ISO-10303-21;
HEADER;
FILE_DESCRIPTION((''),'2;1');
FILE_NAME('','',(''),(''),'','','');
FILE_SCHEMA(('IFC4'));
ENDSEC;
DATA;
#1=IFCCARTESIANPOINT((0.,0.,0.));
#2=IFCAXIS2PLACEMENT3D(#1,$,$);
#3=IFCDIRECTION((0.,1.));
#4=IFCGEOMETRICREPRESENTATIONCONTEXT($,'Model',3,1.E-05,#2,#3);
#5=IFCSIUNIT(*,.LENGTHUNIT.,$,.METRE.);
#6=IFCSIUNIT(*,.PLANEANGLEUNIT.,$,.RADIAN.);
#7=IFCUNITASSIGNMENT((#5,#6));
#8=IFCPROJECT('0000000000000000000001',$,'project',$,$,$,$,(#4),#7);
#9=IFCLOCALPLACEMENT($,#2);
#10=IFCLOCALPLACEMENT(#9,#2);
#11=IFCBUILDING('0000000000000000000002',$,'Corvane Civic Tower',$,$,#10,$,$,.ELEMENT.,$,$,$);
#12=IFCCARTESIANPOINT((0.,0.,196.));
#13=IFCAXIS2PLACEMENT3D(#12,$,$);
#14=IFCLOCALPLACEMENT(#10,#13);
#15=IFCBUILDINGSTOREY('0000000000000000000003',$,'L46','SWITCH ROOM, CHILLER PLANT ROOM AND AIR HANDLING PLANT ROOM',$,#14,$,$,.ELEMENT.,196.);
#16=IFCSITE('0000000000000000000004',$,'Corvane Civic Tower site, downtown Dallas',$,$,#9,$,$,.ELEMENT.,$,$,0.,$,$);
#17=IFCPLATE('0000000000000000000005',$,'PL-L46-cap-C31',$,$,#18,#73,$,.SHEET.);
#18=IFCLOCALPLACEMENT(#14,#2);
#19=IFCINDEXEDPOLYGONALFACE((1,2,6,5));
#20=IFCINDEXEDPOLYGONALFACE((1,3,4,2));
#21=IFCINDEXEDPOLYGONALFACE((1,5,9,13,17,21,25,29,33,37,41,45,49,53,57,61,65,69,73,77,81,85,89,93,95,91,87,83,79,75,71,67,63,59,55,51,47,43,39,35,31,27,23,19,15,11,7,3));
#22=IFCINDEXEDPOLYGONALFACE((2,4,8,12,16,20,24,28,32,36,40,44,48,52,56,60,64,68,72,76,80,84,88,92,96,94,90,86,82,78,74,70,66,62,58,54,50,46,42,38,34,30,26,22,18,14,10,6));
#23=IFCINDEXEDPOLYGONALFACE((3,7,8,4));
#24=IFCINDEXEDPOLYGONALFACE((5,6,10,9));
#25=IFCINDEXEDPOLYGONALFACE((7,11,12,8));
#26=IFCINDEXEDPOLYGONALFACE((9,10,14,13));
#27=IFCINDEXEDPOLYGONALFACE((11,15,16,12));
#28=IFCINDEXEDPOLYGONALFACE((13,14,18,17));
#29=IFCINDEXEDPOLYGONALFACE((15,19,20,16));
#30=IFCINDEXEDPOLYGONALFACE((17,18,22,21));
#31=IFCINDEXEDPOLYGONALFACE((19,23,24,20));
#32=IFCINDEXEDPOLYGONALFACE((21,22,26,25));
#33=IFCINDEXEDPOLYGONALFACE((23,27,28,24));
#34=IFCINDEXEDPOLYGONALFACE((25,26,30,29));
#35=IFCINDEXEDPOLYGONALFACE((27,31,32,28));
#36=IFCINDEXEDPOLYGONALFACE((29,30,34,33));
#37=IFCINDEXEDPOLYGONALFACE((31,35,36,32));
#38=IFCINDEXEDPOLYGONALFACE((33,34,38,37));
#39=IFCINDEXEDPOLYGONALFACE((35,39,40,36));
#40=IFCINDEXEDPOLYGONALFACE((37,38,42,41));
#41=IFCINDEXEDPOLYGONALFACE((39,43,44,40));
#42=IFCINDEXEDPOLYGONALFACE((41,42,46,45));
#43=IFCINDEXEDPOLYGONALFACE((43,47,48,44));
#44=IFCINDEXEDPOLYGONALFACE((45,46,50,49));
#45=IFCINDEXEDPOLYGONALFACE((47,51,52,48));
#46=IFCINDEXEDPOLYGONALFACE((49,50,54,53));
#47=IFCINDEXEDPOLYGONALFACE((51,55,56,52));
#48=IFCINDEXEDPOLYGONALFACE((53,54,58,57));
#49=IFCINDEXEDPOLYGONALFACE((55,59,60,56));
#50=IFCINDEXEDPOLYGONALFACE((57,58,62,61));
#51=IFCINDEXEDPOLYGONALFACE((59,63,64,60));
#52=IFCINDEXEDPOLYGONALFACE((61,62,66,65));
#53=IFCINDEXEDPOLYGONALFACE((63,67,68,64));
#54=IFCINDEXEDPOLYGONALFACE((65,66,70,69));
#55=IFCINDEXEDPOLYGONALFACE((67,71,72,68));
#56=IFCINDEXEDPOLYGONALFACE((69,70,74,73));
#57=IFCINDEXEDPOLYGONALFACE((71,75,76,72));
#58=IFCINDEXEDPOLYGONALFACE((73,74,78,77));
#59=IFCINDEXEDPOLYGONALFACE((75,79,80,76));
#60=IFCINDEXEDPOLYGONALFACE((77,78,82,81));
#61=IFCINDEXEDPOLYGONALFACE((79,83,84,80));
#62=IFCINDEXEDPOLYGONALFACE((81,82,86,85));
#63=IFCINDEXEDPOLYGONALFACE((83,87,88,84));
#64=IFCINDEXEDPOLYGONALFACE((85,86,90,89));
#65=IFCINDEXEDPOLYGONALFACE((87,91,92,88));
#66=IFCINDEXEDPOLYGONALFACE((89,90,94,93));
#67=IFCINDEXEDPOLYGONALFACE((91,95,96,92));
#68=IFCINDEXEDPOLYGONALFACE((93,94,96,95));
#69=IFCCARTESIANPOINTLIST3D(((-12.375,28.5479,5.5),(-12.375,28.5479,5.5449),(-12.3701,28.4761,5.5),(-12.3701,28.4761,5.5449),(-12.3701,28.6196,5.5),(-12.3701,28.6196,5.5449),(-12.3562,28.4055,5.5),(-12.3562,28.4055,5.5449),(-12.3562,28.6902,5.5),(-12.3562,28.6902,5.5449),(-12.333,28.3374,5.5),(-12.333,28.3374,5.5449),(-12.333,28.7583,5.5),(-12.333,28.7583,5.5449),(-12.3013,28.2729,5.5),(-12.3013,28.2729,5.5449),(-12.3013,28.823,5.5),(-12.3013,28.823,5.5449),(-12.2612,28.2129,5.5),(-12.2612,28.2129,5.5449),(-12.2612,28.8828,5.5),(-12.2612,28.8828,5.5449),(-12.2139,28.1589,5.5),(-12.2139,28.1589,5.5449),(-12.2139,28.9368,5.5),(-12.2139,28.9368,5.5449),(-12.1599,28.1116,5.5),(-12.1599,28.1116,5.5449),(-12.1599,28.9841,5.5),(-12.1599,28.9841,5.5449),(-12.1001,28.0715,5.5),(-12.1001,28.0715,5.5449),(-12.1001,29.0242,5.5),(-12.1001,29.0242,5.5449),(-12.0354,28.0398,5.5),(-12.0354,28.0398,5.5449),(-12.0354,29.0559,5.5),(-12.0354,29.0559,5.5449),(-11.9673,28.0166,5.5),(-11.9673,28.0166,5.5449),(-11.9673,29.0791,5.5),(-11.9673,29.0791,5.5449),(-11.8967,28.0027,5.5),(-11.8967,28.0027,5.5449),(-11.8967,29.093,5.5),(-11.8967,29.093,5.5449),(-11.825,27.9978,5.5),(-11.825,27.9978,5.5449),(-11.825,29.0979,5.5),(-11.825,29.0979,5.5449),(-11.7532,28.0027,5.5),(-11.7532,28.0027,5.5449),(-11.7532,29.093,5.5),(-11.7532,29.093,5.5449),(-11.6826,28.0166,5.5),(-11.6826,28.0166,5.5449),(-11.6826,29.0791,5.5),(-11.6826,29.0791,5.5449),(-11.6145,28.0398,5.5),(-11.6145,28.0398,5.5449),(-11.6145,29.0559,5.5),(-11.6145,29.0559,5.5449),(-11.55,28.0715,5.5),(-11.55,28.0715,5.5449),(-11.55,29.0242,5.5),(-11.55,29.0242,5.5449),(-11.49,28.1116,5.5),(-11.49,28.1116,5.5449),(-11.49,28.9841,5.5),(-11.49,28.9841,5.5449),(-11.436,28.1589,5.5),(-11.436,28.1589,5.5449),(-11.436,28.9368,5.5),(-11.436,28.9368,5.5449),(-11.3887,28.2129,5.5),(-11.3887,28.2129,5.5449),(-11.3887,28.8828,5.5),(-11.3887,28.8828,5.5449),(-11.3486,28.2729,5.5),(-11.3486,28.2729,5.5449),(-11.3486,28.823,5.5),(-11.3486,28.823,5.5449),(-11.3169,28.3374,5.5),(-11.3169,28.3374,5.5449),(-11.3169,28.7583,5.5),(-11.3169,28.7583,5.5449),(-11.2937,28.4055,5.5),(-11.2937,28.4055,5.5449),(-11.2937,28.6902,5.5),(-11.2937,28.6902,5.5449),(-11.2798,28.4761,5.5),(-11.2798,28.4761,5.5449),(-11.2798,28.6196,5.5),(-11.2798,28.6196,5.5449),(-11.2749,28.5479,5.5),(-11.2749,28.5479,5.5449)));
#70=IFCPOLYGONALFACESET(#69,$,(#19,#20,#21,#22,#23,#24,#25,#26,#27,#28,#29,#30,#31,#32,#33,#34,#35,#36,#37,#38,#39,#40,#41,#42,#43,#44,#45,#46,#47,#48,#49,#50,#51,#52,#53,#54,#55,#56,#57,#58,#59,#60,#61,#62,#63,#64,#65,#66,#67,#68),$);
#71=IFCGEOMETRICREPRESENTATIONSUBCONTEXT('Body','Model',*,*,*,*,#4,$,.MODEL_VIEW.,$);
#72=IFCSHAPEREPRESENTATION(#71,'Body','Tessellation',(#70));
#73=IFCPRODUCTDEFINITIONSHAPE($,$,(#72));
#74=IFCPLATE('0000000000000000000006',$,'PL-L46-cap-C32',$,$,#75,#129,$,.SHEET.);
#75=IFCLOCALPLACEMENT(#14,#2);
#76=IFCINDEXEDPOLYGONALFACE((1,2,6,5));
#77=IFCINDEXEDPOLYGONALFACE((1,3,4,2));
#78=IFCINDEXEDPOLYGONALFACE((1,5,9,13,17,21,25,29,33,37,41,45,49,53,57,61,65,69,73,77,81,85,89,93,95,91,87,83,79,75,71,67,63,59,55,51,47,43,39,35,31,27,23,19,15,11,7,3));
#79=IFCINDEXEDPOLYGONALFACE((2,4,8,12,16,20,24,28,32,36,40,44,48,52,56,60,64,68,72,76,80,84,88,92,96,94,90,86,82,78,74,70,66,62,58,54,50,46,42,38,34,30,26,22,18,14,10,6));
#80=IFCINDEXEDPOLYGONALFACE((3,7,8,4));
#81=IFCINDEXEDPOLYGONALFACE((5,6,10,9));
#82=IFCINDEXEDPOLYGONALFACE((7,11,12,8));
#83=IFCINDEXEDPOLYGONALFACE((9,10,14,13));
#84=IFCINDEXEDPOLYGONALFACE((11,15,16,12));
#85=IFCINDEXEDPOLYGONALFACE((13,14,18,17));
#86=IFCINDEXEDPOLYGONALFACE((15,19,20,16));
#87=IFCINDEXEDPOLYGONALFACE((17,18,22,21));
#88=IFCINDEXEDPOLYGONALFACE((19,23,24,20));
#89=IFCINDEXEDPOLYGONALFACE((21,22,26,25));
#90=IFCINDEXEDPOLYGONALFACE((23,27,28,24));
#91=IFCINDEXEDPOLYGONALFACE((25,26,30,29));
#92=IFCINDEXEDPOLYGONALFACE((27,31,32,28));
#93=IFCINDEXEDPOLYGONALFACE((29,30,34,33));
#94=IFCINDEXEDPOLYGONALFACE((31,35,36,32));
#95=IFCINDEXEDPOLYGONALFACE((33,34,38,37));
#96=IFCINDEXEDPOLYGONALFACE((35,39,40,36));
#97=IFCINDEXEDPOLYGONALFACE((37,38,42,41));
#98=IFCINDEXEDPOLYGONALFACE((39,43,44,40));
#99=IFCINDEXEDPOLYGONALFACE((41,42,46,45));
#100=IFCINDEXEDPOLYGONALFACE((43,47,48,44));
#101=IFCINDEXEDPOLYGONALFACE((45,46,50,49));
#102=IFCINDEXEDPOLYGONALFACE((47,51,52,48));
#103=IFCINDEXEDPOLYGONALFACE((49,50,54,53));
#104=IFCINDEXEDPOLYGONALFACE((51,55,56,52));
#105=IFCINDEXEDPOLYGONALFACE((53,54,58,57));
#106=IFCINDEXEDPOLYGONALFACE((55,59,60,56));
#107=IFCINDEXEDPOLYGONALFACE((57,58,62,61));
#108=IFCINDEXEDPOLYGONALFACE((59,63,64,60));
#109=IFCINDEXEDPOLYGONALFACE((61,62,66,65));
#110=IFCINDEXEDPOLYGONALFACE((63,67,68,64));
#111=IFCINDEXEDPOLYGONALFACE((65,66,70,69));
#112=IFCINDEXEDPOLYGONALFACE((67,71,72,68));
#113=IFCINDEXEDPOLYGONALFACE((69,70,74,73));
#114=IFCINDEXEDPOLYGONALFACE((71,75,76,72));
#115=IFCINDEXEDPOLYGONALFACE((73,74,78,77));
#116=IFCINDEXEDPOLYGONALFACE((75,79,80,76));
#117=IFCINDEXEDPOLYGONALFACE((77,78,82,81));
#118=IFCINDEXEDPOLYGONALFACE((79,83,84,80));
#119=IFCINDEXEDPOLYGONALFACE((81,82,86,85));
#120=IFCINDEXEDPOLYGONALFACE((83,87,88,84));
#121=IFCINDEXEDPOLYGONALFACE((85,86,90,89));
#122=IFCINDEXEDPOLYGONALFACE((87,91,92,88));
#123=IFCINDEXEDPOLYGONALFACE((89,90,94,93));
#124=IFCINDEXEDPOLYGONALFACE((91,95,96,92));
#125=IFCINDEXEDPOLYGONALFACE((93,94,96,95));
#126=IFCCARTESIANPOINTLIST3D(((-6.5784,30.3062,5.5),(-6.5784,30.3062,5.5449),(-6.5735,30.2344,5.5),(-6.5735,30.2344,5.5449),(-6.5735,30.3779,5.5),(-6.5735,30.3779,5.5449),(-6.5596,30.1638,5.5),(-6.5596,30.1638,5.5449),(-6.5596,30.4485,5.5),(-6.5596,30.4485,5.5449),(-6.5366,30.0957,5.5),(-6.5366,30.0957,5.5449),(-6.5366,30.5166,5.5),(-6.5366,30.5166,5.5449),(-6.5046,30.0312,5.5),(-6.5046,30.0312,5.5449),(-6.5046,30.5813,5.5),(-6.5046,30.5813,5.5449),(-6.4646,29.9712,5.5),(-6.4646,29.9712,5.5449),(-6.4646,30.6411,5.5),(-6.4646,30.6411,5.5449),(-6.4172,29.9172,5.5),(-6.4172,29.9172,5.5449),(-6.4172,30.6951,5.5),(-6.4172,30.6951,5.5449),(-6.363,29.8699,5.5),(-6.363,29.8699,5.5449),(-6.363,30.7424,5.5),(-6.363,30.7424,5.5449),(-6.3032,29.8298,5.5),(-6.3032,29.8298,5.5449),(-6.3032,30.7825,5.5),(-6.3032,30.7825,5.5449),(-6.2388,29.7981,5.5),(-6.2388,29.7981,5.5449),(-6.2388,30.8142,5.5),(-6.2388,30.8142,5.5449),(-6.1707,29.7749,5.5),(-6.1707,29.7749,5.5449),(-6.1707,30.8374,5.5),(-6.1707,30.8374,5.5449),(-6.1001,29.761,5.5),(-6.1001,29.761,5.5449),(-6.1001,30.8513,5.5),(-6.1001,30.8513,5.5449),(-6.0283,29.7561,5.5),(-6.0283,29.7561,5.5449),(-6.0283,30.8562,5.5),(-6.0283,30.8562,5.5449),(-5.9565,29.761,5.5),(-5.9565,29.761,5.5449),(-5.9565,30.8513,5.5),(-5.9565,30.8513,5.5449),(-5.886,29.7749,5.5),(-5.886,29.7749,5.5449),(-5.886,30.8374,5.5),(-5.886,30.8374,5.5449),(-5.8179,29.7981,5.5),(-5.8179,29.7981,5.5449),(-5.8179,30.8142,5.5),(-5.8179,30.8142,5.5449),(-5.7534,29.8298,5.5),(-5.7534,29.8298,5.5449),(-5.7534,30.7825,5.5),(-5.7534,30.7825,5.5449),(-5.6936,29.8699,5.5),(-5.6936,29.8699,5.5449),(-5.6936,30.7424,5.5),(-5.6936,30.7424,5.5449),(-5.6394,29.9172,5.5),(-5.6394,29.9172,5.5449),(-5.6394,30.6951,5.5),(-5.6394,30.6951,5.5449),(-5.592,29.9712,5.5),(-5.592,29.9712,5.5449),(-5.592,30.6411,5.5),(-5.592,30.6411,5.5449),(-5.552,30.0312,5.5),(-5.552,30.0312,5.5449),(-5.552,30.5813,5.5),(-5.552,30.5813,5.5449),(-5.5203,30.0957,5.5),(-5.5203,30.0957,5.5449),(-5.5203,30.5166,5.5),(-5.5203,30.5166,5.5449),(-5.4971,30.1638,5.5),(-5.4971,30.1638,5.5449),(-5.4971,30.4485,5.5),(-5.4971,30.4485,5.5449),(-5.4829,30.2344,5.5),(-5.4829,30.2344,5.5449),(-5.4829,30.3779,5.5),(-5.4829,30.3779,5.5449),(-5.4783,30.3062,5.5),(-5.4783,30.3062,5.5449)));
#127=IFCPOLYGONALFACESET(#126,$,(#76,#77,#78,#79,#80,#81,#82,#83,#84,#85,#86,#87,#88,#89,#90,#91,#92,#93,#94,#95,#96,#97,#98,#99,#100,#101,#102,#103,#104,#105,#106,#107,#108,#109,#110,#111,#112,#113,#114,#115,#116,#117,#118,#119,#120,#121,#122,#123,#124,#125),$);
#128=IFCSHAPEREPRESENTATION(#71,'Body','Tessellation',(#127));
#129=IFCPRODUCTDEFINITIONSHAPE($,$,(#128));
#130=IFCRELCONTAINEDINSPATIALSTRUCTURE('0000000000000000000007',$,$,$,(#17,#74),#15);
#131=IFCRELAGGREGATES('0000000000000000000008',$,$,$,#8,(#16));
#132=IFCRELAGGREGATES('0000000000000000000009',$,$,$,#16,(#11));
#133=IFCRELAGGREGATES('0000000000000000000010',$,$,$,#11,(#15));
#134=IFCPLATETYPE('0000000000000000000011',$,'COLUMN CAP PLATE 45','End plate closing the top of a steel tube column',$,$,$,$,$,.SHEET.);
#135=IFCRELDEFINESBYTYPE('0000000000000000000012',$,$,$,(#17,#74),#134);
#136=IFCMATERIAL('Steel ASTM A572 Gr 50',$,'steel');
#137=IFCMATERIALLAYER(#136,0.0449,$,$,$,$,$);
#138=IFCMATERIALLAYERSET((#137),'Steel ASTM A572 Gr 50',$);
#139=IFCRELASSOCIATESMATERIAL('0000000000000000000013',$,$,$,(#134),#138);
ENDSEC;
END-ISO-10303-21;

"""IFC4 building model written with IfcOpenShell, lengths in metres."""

from ifc_helpers import new_model, si_unit, direction, frame, origin, place, context, subcontext, project, spatial, polyline, outline, extrude, material, layer, layer_set, type_object, element, save


model = new_model("IFC4")

# Units and contexts
model_context = context("Model", 3, precision=1e-05, world=origin(), true_north=direction((0.0, 1.0)))
body_context = subcontext(model_context, "Body", "Model", "MODEL_VIEW")
ifc_project = project(units=[si_unit("LENGTHUNIT", "METRE"), si_unit("PLANEANGLEUNIT", "RADIAN")], contexts=[model_context])

# Site, building, storey
site_placement = place(None, origin())
site = spatial("IfcSite", under=ifc_project, at=site_placement, Name="Corvane Civic Tower site, downtown Dallas", CompositionType="ELEMENT", RefElevation=0.0)
building_placement = place(site_placement, origin())
building = spatial("IfcBuilding", under=site, at=building_placement, Name="Corvane Civic Tower", CompositionType="ELEMENT")
storey_placement = place(building_placement, frame((0.0, 0.0, 196.0)))
storey = spatial("IfcBuildingStorey", under=building, at=storey_placement, Name="L46", Description="SWITCH ROOM, CHILLER PLANT ROOM AND AIR HANDLING PLANT ROOM", CompositionType="ELEMENT", Elevation=196.0)

# Plates
ifc_material_1 = material(Name="Steel ASTM A572 Gr 50", Category="steel")
ifc_layer_1 = layer(ifc_material_1, 0.0449)
ifc_layer_set_1 = layer_set([ifc_layer_1], Name="Steel ASTM A572 Gr 50")
plate_type = type_object("IfcPlateType", Name="COLUMN CAP PLATE 45", Description="End plate closing the top of a steel tube column", PredefinedType="SHEET", material=ifc_layer_set_1)
plate_1_placement = place(storey_placement, frame((0.0, 0.0, 5.5)))
element("IfcPlate", 1, at=plate_1_placement, inside=storey, type_object=plate_type, Name="PL-L46-cap-C31", PredefinedType="SHEET", context=body_context, shape_type="SweptSolid", body=[
    extrude(outline(polyline([(-11.2749, 28.5479), (-11.2798, 28.6196), (-11.2937, 28.6902), (-11.3169, 28.7583), (-11.3486, 28.823), (-11.3887, 28.8828), (-11.436, 28.9368), (-11.49, 28.9841), (-11.55, 29.0242), (-11.6145, 29.0559), (-11.6826, 29.0791), (-11.7532, 29.093), (-11.825, 29.0979), (-11.8967, 29.093), (-11.9673, 29.0791), (-12.0354, 29.0559), (-12.1001, 29.0242), (-12.1599, 28.9841), (-12.2139, 28.9368), (-12.2612, 28.8828), (-12.3013, 28.823), (-12.333, 28.7583), (-12.3562, 28.6902), (-12.3701, 28.6196), (-12.375, 28.5479), (-12.3701, 28.4761), (-12.3562, 28.4055), (-12.333, 28.3374), (-12.3013, 28.2729), (-12.2612, 28.2129), (-12.2139, 28.1589), (-12.1599, 28.1116), (-12.1001, 28.0715), (-12.0354, 28.0398), (-11.9673, 28.0166), (-11.8967, 28.0027), (-11.825, 27.9978), (-11.7532, 28.0027), (-11.6826, 28.0166), (-11.6145, 28.0398), (-11.55, 28.0715), (-11.49, 28.1116), (-11.436, 28.1589), (-11.3887, 28.2129), (-11.3486, 28.2729), (-11.3169, 28.3374), (-11.2937, 28.4055), (-11.2798, 28.4761), (-11.2749, 28.5479)])), origin(), (0.0, 0.0, 1.0), 0.0449),
])
plate_2_placement = place(storey_placement, frame((0.0, 0.0, 5.5)))
element("IfcPlate", 2, at=plate_2_placement, inside=storey, type_object=plate_type, Name="PL-L46-cap-C32", PredefinedType="SHEET", context=body_context, shape_type="SweptSolid", body=[
    extrude(outline(polyline([(-5.4783, 30.3062), (-5.4829, 30.3779), (-5.4971, 30.4485), (-5.5203, 30.5166), (-5.552, 30.5813), (-5.592, 30.6411), (-5.6394, 30.6951), (-5.6936, 30.7424), (-5.7534, 30.7825), (-5.8179, 30.8142), (-5.886, 30.8374), (-5.9565, 30.8513), (-6.0283, 30.8562), (-6.1001, 30.8513), (-6.1707, 30.8374), (-6.2388, 30.8142), (-6.3032, 30.7825), (-6.363, 30.7424), (-6.4172, 30.6951), (-6.4646, 30.6411), (-6.5046, 30.5813), (-6.5366, 30.5166), (-6.5596, 30.4485), (-6.5735, 30.3779), (-6.5784, 30.3062), (-6.5735, 30.2344), (-6.5596, 30.1638), (-6.5366, 30.0957), (-6.5046, 30.0312), (-6.4646, 29.9712), (-6.4172, 29.9172), (-6.363, 29.8699), (-6.3032, 29.8298), (-6.2388, 29.7981), (-6.1707, 29.7749), (-6.1001, 29.761), (-6.0283, 29.7561), (-5.9565, 29.761), (-5.886, 29.7749), (-5.8179, 29.7981), (-5.7534, 29.8298), (-5.6936, 29.8699), (-5.6394, 29.9172), (-5.592, 29.9712), (-5.552, 30.0312), (-5.5203, 30.0957), (-5.4971, 30.1638), (-5.4829, 30.2344), (-5.4783, 30.3062)])), origin(), (0.0, 0.0, 1.0), 0.0449),
])

save(model, "model.ifc")
